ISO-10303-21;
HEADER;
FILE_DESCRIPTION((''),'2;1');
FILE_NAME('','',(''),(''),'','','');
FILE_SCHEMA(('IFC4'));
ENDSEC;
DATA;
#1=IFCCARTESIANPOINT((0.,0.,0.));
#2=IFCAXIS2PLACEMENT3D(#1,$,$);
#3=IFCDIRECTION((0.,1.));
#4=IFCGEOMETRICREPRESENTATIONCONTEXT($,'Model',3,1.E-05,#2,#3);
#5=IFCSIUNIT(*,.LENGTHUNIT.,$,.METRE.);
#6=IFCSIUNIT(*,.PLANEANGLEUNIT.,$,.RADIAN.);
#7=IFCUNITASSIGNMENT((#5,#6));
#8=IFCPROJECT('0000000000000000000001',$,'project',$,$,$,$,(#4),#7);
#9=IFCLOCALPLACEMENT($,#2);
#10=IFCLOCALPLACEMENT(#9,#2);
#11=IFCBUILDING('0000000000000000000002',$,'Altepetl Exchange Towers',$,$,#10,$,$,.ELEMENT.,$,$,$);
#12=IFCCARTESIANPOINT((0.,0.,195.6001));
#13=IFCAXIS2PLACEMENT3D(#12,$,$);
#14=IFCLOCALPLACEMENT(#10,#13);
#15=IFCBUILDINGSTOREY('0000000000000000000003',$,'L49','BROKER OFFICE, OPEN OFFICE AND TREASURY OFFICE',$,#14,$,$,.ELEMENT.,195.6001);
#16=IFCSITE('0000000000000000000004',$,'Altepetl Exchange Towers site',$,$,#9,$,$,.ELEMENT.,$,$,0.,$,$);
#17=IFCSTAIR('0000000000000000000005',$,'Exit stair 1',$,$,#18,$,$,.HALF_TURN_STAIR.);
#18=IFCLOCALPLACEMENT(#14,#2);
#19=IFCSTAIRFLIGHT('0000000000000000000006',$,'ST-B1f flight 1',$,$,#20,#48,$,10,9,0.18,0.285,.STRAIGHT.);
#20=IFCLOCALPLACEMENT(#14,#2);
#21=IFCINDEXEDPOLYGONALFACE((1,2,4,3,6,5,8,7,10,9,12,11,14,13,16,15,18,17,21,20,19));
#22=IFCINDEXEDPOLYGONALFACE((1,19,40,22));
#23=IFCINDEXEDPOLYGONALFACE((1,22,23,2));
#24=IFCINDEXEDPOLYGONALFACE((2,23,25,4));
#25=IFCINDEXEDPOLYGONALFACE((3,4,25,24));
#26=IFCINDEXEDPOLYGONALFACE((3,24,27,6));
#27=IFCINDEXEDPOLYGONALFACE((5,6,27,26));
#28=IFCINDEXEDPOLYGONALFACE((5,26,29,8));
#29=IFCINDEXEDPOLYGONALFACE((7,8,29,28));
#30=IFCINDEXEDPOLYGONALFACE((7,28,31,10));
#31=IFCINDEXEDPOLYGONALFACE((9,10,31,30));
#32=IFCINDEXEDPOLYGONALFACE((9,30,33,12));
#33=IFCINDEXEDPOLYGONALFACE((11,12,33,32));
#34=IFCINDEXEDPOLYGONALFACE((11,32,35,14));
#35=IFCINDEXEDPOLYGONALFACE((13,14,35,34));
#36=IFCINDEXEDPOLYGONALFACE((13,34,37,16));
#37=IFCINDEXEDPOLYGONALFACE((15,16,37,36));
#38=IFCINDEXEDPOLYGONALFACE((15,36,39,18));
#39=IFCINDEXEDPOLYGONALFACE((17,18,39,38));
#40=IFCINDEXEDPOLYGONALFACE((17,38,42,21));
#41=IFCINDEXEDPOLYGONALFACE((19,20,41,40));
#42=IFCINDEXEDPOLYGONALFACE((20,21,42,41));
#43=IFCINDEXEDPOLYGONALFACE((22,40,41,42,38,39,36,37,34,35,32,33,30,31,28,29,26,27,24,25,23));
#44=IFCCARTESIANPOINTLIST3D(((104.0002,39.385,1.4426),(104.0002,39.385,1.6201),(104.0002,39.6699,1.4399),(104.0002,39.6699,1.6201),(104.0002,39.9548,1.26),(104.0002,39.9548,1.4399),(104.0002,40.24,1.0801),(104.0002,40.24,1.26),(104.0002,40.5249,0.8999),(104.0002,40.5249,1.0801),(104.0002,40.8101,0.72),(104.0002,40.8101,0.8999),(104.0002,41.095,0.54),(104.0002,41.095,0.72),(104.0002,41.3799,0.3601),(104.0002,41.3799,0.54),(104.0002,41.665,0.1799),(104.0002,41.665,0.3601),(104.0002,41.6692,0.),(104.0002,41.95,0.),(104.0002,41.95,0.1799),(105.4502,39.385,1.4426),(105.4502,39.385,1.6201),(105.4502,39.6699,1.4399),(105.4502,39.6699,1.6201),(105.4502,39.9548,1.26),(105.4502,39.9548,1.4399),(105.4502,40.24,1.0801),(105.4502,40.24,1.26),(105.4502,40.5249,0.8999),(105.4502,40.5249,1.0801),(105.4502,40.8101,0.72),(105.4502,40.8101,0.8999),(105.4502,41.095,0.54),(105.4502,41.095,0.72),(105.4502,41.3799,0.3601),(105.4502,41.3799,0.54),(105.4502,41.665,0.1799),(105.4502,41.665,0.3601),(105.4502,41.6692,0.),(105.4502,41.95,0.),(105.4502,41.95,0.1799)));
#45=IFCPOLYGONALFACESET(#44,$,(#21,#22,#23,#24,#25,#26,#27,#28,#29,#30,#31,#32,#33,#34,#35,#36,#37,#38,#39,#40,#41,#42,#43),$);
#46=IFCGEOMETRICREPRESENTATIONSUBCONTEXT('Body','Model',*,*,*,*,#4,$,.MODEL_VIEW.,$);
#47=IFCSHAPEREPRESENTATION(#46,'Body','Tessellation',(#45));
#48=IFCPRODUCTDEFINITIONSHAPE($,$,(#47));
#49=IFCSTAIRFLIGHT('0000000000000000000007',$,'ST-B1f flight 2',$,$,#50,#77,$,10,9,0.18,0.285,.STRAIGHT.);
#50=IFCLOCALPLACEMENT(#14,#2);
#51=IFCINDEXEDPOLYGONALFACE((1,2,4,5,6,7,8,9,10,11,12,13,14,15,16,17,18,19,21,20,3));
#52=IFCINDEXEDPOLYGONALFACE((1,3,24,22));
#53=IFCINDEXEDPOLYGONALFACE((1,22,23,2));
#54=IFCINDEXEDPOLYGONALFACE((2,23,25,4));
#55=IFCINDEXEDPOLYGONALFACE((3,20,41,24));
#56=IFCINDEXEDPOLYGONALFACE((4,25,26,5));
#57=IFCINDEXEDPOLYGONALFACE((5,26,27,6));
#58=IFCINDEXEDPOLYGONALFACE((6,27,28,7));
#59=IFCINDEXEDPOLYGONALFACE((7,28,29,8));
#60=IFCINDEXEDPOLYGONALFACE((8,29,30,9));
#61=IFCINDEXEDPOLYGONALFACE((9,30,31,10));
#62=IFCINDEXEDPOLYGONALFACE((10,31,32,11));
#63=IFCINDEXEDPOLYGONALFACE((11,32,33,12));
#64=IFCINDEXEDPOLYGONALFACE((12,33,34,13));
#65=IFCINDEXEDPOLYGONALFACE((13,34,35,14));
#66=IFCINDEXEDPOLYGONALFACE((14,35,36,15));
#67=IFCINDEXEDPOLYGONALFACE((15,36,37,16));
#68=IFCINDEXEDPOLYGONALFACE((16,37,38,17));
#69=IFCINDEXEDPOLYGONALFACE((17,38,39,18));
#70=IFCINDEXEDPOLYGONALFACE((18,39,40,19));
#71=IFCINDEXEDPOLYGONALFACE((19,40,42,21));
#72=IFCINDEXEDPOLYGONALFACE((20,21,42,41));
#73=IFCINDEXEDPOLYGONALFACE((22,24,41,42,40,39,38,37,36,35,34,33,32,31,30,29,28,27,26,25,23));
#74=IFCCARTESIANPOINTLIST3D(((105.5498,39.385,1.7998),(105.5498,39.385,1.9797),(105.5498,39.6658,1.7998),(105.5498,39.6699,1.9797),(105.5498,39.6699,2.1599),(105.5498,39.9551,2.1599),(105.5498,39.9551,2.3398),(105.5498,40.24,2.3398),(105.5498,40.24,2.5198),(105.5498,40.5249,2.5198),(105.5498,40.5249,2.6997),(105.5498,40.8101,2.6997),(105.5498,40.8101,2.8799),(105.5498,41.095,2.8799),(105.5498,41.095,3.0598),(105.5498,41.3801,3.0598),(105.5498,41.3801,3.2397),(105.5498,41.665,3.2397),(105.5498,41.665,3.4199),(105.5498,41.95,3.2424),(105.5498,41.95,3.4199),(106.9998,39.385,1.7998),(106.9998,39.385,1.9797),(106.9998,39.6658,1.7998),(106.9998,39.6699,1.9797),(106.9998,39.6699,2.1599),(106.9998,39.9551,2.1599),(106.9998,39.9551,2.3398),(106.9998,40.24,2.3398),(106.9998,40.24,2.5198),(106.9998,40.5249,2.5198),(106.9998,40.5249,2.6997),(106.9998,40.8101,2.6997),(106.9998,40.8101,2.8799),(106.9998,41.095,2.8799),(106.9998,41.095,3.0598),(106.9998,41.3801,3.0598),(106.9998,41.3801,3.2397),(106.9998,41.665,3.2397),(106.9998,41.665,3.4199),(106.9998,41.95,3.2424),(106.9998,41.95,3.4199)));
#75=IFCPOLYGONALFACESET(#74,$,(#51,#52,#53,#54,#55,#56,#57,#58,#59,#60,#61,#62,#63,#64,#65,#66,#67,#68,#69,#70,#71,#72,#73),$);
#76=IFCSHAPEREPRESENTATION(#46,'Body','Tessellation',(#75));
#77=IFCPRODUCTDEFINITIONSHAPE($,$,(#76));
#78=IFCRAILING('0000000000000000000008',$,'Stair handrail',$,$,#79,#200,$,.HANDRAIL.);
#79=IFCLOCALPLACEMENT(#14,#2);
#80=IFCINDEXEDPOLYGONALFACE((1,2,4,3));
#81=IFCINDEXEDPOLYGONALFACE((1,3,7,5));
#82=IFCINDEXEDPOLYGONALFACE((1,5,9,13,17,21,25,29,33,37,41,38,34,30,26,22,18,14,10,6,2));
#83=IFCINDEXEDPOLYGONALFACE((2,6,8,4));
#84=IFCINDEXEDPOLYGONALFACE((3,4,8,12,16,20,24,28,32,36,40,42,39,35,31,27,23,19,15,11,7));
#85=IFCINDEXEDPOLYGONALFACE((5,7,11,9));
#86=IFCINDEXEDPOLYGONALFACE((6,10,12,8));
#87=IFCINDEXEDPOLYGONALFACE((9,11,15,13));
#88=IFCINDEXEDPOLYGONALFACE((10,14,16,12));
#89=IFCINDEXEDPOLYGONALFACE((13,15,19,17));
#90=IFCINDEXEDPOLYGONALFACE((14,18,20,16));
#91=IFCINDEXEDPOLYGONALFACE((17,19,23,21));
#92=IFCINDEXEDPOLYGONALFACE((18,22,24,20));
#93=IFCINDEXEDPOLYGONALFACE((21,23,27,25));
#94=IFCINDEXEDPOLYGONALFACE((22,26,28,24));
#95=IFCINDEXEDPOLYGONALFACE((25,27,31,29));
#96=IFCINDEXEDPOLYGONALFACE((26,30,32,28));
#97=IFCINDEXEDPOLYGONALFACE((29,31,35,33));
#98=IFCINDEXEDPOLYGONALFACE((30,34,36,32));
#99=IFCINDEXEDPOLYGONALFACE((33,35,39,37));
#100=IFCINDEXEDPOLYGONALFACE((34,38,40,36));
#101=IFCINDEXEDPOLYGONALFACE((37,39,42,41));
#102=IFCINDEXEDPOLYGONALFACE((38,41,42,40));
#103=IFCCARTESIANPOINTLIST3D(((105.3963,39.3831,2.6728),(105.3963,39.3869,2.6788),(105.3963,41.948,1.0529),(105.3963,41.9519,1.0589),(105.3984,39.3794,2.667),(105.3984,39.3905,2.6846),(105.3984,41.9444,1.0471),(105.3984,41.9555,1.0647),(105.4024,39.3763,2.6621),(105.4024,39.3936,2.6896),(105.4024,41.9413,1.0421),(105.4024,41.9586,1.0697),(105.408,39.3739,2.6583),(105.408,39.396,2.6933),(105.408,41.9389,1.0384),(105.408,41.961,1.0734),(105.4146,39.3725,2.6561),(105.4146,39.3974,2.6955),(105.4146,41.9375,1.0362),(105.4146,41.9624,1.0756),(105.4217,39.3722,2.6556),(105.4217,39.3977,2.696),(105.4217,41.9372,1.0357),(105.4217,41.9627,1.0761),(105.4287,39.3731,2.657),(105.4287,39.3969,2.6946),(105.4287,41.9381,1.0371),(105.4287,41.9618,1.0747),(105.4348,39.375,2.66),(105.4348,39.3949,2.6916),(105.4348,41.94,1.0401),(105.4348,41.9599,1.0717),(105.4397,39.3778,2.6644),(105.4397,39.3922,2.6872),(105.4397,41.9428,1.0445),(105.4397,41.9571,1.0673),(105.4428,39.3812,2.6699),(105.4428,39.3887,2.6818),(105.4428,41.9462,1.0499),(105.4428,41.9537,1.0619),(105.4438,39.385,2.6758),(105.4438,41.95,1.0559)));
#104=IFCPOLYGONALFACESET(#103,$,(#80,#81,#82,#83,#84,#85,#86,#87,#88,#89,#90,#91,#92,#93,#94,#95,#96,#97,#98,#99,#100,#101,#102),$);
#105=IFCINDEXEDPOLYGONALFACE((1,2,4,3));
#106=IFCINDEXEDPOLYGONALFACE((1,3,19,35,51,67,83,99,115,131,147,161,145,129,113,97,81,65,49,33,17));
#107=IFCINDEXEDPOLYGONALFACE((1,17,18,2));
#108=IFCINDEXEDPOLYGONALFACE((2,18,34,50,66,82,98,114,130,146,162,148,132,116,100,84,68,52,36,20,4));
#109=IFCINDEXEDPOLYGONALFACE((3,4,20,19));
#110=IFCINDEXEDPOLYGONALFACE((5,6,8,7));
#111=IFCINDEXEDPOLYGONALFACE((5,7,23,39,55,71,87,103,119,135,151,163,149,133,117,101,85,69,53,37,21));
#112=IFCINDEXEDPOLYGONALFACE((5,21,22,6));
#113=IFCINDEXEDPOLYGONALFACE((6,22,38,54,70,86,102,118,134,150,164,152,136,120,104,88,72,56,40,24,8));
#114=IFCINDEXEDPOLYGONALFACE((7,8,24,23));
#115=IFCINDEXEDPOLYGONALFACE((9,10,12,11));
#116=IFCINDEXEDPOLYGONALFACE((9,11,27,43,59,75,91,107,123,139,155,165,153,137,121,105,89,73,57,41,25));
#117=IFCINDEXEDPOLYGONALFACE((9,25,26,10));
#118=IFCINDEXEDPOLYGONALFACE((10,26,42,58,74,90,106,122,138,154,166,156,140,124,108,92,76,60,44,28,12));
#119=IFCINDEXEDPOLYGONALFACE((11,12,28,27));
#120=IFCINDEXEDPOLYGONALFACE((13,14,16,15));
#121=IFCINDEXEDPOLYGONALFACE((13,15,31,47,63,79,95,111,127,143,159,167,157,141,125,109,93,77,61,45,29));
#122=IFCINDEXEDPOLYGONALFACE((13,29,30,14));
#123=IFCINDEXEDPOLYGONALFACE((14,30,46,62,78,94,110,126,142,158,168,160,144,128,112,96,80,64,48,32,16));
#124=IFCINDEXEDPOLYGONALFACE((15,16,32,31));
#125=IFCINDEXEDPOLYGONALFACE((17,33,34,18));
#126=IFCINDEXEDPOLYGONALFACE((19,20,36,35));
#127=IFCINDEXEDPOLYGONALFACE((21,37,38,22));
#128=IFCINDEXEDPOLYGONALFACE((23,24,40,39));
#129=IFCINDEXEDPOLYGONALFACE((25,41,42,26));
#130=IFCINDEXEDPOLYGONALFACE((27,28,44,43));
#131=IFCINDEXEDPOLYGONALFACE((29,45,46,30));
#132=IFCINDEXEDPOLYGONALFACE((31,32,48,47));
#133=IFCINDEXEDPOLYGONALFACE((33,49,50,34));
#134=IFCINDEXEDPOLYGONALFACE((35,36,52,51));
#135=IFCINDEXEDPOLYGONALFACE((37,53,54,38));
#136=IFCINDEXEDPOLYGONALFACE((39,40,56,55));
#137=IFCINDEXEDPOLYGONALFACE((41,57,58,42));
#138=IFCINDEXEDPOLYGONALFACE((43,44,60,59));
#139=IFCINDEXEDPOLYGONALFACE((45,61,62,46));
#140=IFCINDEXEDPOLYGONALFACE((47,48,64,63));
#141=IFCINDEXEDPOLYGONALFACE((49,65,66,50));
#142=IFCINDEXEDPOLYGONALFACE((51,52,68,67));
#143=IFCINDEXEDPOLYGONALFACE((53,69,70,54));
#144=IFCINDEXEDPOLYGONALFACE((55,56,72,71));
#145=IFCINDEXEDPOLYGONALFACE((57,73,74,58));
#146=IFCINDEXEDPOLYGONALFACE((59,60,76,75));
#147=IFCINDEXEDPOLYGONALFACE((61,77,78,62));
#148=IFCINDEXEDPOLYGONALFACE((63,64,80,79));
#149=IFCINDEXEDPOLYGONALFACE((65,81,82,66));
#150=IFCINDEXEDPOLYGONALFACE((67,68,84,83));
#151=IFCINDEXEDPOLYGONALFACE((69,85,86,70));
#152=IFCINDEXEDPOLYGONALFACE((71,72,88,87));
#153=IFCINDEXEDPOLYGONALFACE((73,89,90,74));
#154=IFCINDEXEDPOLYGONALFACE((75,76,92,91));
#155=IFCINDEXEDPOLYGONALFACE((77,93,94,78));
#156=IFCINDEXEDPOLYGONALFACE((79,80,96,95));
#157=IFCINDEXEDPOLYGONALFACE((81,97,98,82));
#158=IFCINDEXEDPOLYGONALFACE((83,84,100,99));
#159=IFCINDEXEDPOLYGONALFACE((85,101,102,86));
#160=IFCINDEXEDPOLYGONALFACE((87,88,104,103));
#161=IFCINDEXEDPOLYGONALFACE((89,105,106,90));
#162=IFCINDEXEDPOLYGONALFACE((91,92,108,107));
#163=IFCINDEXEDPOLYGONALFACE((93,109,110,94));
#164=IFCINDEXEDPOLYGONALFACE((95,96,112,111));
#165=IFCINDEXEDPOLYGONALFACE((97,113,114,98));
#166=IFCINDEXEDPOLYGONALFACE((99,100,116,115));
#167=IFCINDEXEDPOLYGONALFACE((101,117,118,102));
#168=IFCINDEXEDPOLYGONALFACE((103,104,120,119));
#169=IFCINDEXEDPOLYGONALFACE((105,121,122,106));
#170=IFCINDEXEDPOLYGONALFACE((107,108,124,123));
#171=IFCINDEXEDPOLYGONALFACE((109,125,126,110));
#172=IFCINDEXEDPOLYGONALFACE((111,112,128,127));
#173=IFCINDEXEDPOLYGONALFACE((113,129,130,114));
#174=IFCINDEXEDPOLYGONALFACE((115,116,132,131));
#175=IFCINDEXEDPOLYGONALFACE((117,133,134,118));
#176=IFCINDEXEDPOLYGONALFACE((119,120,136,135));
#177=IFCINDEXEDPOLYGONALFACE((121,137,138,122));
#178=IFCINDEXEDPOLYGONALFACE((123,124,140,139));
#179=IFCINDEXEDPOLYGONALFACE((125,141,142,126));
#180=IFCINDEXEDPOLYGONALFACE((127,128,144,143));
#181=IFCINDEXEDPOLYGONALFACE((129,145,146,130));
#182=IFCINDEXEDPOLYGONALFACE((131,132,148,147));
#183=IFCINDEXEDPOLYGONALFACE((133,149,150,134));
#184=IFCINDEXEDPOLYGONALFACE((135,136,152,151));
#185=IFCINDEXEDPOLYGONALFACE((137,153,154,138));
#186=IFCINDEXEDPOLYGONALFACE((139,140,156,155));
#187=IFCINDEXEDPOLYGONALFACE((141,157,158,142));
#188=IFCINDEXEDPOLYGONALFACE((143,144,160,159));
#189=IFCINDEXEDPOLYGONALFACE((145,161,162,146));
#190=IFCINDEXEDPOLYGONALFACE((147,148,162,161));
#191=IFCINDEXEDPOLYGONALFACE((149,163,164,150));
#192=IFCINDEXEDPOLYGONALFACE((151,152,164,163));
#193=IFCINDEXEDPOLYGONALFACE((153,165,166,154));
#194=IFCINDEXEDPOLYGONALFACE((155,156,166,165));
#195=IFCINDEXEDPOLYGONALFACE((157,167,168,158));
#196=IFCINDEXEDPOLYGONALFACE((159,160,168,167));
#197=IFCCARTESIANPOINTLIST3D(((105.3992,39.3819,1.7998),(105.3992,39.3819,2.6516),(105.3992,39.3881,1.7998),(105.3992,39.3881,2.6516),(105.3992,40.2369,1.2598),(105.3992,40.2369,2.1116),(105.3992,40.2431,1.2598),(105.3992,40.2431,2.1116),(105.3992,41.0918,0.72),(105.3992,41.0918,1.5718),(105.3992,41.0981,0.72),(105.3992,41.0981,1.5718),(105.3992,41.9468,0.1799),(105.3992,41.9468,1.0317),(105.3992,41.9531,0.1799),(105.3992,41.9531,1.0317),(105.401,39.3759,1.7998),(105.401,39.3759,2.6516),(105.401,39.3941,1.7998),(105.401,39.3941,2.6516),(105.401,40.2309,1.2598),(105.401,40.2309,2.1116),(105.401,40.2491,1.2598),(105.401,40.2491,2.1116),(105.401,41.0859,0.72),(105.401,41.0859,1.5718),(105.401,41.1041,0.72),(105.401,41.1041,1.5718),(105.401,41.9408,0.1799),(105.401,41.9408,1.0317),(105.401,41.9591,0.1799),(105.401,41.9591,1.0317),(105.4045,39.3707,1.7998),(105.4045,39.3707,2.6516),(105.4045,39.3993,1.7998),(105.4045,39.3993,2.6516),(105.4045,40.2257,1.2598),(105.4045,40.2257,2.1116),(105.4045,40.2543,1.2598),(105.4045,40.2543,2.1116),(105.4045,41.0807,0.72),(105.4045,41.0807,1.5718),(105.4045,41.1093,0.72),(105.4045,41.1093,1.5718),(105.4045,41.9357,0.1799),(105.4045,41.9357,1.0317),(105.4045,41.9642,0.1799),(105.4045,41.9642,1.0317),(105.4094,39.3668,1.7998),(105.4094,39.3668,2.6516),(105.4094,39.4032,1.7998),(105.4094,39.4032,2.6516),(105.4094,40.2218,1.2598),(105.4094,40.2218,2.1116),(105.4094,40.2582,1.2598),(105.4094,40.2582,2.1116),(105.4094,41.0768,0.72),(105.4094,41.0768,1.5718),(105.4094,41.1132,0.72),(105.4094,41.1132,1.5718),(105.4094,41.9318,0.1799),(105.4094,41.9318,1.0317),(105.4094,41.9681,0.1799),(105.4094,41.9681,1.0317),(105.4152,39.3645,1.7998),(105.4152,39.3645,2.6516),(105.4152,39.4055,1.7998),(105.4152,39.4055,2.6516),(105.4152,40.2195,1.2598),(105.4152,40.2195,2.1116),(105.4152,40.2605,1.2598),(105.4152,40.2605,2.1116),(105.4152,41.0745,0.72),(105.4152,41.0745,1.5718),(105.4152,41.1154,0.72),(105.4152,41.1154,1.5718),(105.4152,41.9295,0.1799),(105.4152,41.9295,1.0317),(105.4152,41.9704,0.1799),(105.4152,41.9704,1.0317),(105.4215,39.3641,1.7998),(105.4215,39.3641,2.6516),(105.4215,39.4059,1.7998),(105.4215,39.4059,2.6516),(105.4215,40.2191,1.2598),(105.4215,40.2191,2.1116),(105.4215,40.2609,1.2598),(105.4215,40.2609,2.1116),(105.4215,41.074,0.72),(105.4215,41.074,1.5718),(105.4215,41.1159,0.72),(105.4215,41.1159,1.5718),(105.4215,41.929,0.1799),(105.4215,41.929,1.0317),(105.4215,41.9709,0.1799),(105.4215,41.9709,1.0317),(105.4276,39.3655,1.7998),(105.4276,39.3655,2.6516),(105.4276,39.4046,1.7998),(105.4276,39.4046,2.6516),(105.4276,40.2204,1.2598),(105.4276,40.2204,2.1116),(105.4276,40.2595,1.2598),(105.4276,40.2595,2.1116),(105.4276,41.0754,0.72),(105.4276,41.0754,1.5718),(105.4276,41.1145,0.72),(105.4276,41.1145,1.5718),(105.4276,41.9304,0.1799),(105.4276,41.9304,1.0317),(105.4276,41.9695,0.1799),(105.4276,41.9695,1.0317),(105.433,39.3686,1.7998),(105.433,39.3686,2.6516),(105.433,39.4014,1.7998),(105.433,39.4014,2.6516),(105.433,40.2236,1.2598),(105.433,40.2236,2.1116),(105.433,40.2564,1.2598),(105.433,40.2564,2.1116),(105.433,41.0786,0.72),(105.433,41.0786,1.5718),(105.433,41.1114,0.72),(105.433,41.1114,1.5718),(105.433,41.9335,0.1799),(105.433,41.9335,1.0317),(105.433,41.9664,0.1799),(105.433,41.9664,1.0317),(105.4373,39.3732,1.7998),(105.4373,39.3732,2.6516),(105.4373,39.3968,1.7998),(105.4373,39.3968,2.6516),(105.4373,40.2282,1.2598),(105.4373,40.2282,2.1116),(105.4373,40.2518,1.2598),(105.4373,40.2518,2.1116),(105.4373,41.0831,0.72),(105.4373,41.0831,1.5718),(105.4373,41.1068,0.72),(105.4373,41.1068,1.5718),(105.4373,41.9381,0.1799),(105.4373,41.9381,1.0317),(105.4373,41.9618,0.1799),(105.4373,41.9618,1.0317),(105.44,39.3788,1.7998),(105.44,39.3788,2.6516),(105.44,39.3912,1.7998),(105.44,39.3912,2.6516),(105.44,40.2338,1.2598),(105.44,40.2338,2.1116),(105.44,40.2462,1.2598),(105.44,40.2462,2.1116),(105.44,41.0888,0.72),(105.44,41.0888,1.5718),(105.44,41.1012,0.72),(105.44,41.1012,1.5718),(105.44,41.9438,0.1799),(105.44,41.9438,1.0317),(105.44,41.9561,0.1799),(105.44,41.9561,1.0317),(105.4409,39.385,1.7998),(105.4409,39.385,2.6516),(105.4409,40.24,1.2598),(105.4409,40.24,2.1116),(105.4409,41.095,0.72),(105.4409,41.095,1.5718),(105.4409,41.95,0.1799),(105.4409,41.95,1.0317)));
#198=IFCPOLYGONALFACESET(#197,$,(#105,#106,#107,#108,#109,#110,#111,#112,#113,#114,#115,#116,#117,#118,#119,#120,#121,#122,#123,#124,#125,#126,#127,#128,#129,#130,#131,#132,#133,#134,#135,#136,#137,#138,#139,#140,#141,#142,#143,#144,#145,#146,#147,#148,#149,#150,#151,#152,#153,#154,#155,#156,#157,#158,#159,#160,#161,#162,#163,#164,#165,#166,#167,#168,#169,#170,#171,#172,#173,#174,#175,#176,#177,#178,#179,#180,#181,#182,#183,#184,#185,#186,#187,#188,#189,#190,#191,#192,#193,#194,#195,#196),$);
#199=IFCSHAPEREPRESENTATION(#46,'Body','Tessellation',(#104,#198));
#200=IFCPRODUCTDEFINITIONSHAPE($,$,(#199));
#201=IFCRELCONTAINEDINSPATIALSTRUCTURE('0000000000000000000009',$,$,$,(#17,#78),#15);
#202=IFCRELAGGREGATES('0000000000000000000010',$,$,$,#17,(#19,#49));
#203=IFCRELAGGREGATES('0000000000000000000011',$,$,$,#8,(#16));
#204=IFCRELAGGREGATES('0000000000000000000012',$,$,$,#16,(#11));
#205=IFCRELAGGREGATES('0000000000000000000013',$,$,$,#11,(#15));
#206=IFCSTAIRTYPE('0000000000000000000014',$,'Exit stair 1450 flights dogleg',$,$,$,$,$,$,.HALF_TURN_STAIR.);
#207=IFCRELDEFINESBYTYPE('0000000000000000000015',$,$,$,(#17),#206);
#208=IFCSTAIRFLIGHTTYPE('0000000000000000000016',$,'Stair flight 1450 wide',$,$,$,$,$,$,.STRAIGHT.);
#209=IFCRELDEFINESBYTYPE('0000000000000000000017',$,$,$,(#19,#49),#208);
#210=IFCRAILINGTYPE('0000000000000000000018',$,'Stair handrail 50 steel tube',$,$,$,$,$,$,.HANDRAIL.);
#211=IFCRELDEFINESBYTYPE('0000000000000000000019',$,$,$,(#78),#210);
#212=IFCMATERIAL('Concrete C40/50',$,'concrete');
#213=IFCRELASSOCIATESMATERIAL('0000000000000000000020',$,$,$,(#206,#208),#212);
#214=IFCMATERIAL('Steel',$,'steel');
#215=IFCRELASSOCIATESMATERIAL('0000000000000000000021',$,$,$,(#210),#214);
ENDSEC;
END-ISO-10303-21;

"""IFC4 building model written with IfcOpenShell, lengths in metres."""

from ifc_helpers import new_model, si_unit, direction, frame, origin, origin_2d, place, context, subcontext, project, spatial, polyline, circle, outline, extrude, source, transform, mapped, material, type_object, element, aggregate, save


model = new_model("IFC4")

# Units and contexts
model_context = context("Model", 3, precision=1e-05, world=origin(), true_north=direction((0.0, 1.0)))
body_context = subcontext(model_context, "Body", "Model", "MODEL_VIEW")
ifc_project = project(units=[si_unit("LENGTHUNIT", "METRE"), si_unit("PLANEANGLEUNIT", "RADIAN")], contexts=[model_context])

# Site, building, storey
site_placement = place(None, origin())
site = spatial("IfcSite", under=ifc_project, at=site_placement, Name="Altepetl Exchange Towers site", CompositionType="ELEMENT", RefElevation=0.0)
building_placement = place(site_placement, origin())
building = spatial("IfcBuilding", under=site, at=building_placement, Name="Altepetl Exchange Towers", CompositionType="ELEMENT")
storey_placement = place(building_placement, frame((0.0, 0.0, 195.6001)))
storey = spatial("IfcBuildingStorey", under=building, at=storey_placement, Name="L49", Description="BROKER OFFICE, OPEN OFFICE AND TREASURY OFFICE", CompositionType="ELEMENT", Elevation=195.6001)

# Shared definitions
ifc_material_1 = material(Name="Concrete C40/50", Category="concrete")

# Stair, stair flights
stair_type = type_object("IfcStairType", Name="Exit stair 1450 flights dogleg", PredefinedType="HALF_TURN_STAIR", material=ifc_material_1)
stair_placement = place(storey_placement, origin())
stair = element("IfcStair", 1, at=stair_placement, inside=storey, type_object=stair_type, Name="Exit stair 1", PredefinedType="HALF_TURN_STAIR")
stair_flight_type = type_object("IfcStairFlightType", Name="Stair flight 1450 wide", PredefinedType="STRAIGHT", material=ifc_material_1)
stair_flight_1_placement = place(storey_placement, frame((104.7251, 41.95, 0.0), z_axis=(0.0, 0.0, 1.0), x_axis=(0.0, -1.0, 0.0)))
stair_flight_1 = element("IfcStairFlight", 2, at=stair_flight_1_placement, type_object=stair_flight_type, Name="ST-B1f flight 1", NumberOfRisers=10, NumberOfTreads=9, PredefinedType="STRAIGHT", RiserHeight=0.18, TreadLength=0.285, context=body_context, shape_type="SweptSolid", body=[
    extrude(outline(polyline([(0.0, 0.0), (0.0, 0.1799), (0.2849, 0.1799), (0.2849, 0.3601), (0.5701, 0.3601), (0.5701, 0.54), (0.855, 0.54), (0.855, 0.72), (1.1399, 0.72), (1.1399, 0.8999), (1.425, 0.8999), (1.425, 1.0801), (1.71, 1.0801), (1.71, 1.26), (1.9951, 1.26), (1.9951, 1.4399), (2.28, 1.4399), (2.28, 1.6201), (2.5649, 1.6201), (2.5649, 1.8), (2.5649, 1.4426), (0.2808, 0.0), (0.0, 0.0)])), frame((0.0, 0.7251, 0.0), z_axis=(0.0, -1.0, 0.0), x_axis=(1.0, 0.0, 0.0)), (0.0, 0.0, 1.0), 1.45),
])
stair_flight_2_placement = place(storey_placement, frame((106.2749, 39.385, 1.7998), z_axis=(0.0, 0.0, 1.0), x_axis=(0.0, 1.0, 0.0)))
stair_flight_2 = element("IfcStairFlight", 3, at=stair_flight_2_placement, type_object=stair_flight_type, Name="ST-B1f flight 2", NumberOfRisers=10, NumberOfTreads=9, PredefinedType="STRAIGHT", RiserHeight=0.18, TreadLength=0.285, context=body_context, shape_type="SweptSolid", body=[
    extrude(outline(polyline([(0.0, 0.0), (0.0, 0.1799), (0.2849, 0.1799), (0.2849, 0.3601), (0.5701, 0.3601), (0.5701, 0.54), (0.855, 0.54), (0.855, 0.72), (1.1399, 0.72), (1.1399, 0.8999), (1.425, 0.8999), (1.425, 1.0801), (1.71, 1.0801), (1.71, 1.26), (1.9951, 1.26), (1.9951, 1.4399), (2.28, 1.4399), (2.28, 1.6201), (2.5649, 1.6201), (2.5649, 1.8), (2.5649, 1.4426), (0.2808, 0.0), (0.0, 0.0)])), frame((0.0, 0.7251, 0.0), z_axis=(0.0, -1.0, 0.0), x_axis=(1.0, 0.0, 0.0)), (0.0, 0.0, 1.0), 1.45),
])
aggregate(stair, [stair_flight_1, stair_flight_2])

# Railing
ifc_material_2 = material(Name="Steel", Category="steel")
railing_type = type_object("IfcRailingType", Name="Stair handrail 50 steel tube", PredefinedType="HANDRAIL", material=ifc_material_2)
shared_shape = source(origin(), body_context, "Body", "SweptSolid", [
    extrude(circle(Radius=0.021, at=origin_2d()), origin(), (0.0, 0.0, 1.0), 0.8518),
])
railing_1_placement = place(storey_placement, frame((105.4199, 41.95, 0.1799)))
element("IfcRailing", 4, at=railing_1_placement, inside=storey, type_object=railing_type, Name="Stair handrail", PredefinedType="HANDRAIL", context=body_context, shape_type="SweptSolid", body=[
    extrude(circle(Radius=0.0239, at=origin_2d()), frame((0.0, 0.0, 0.876), z_axis=(0.0, -0.845502, 0.533972), x_axis=(1.0, 0.0, 0.0)), (0.0, 0.0, 1.0), 3.0337),
    mapped(shared_shape, transform((0.0, 0.0, 0.0))),
    mapped(shared_shape, transform((0.0, -0.855, 0.54))),
    mapped(shared_shape, transform((0.0, -1.71, 1.0798))),
    mapped(shared_shape, transform((0.0, -2.5649, 1.6199))),
])

save(model, "model.ifc")
